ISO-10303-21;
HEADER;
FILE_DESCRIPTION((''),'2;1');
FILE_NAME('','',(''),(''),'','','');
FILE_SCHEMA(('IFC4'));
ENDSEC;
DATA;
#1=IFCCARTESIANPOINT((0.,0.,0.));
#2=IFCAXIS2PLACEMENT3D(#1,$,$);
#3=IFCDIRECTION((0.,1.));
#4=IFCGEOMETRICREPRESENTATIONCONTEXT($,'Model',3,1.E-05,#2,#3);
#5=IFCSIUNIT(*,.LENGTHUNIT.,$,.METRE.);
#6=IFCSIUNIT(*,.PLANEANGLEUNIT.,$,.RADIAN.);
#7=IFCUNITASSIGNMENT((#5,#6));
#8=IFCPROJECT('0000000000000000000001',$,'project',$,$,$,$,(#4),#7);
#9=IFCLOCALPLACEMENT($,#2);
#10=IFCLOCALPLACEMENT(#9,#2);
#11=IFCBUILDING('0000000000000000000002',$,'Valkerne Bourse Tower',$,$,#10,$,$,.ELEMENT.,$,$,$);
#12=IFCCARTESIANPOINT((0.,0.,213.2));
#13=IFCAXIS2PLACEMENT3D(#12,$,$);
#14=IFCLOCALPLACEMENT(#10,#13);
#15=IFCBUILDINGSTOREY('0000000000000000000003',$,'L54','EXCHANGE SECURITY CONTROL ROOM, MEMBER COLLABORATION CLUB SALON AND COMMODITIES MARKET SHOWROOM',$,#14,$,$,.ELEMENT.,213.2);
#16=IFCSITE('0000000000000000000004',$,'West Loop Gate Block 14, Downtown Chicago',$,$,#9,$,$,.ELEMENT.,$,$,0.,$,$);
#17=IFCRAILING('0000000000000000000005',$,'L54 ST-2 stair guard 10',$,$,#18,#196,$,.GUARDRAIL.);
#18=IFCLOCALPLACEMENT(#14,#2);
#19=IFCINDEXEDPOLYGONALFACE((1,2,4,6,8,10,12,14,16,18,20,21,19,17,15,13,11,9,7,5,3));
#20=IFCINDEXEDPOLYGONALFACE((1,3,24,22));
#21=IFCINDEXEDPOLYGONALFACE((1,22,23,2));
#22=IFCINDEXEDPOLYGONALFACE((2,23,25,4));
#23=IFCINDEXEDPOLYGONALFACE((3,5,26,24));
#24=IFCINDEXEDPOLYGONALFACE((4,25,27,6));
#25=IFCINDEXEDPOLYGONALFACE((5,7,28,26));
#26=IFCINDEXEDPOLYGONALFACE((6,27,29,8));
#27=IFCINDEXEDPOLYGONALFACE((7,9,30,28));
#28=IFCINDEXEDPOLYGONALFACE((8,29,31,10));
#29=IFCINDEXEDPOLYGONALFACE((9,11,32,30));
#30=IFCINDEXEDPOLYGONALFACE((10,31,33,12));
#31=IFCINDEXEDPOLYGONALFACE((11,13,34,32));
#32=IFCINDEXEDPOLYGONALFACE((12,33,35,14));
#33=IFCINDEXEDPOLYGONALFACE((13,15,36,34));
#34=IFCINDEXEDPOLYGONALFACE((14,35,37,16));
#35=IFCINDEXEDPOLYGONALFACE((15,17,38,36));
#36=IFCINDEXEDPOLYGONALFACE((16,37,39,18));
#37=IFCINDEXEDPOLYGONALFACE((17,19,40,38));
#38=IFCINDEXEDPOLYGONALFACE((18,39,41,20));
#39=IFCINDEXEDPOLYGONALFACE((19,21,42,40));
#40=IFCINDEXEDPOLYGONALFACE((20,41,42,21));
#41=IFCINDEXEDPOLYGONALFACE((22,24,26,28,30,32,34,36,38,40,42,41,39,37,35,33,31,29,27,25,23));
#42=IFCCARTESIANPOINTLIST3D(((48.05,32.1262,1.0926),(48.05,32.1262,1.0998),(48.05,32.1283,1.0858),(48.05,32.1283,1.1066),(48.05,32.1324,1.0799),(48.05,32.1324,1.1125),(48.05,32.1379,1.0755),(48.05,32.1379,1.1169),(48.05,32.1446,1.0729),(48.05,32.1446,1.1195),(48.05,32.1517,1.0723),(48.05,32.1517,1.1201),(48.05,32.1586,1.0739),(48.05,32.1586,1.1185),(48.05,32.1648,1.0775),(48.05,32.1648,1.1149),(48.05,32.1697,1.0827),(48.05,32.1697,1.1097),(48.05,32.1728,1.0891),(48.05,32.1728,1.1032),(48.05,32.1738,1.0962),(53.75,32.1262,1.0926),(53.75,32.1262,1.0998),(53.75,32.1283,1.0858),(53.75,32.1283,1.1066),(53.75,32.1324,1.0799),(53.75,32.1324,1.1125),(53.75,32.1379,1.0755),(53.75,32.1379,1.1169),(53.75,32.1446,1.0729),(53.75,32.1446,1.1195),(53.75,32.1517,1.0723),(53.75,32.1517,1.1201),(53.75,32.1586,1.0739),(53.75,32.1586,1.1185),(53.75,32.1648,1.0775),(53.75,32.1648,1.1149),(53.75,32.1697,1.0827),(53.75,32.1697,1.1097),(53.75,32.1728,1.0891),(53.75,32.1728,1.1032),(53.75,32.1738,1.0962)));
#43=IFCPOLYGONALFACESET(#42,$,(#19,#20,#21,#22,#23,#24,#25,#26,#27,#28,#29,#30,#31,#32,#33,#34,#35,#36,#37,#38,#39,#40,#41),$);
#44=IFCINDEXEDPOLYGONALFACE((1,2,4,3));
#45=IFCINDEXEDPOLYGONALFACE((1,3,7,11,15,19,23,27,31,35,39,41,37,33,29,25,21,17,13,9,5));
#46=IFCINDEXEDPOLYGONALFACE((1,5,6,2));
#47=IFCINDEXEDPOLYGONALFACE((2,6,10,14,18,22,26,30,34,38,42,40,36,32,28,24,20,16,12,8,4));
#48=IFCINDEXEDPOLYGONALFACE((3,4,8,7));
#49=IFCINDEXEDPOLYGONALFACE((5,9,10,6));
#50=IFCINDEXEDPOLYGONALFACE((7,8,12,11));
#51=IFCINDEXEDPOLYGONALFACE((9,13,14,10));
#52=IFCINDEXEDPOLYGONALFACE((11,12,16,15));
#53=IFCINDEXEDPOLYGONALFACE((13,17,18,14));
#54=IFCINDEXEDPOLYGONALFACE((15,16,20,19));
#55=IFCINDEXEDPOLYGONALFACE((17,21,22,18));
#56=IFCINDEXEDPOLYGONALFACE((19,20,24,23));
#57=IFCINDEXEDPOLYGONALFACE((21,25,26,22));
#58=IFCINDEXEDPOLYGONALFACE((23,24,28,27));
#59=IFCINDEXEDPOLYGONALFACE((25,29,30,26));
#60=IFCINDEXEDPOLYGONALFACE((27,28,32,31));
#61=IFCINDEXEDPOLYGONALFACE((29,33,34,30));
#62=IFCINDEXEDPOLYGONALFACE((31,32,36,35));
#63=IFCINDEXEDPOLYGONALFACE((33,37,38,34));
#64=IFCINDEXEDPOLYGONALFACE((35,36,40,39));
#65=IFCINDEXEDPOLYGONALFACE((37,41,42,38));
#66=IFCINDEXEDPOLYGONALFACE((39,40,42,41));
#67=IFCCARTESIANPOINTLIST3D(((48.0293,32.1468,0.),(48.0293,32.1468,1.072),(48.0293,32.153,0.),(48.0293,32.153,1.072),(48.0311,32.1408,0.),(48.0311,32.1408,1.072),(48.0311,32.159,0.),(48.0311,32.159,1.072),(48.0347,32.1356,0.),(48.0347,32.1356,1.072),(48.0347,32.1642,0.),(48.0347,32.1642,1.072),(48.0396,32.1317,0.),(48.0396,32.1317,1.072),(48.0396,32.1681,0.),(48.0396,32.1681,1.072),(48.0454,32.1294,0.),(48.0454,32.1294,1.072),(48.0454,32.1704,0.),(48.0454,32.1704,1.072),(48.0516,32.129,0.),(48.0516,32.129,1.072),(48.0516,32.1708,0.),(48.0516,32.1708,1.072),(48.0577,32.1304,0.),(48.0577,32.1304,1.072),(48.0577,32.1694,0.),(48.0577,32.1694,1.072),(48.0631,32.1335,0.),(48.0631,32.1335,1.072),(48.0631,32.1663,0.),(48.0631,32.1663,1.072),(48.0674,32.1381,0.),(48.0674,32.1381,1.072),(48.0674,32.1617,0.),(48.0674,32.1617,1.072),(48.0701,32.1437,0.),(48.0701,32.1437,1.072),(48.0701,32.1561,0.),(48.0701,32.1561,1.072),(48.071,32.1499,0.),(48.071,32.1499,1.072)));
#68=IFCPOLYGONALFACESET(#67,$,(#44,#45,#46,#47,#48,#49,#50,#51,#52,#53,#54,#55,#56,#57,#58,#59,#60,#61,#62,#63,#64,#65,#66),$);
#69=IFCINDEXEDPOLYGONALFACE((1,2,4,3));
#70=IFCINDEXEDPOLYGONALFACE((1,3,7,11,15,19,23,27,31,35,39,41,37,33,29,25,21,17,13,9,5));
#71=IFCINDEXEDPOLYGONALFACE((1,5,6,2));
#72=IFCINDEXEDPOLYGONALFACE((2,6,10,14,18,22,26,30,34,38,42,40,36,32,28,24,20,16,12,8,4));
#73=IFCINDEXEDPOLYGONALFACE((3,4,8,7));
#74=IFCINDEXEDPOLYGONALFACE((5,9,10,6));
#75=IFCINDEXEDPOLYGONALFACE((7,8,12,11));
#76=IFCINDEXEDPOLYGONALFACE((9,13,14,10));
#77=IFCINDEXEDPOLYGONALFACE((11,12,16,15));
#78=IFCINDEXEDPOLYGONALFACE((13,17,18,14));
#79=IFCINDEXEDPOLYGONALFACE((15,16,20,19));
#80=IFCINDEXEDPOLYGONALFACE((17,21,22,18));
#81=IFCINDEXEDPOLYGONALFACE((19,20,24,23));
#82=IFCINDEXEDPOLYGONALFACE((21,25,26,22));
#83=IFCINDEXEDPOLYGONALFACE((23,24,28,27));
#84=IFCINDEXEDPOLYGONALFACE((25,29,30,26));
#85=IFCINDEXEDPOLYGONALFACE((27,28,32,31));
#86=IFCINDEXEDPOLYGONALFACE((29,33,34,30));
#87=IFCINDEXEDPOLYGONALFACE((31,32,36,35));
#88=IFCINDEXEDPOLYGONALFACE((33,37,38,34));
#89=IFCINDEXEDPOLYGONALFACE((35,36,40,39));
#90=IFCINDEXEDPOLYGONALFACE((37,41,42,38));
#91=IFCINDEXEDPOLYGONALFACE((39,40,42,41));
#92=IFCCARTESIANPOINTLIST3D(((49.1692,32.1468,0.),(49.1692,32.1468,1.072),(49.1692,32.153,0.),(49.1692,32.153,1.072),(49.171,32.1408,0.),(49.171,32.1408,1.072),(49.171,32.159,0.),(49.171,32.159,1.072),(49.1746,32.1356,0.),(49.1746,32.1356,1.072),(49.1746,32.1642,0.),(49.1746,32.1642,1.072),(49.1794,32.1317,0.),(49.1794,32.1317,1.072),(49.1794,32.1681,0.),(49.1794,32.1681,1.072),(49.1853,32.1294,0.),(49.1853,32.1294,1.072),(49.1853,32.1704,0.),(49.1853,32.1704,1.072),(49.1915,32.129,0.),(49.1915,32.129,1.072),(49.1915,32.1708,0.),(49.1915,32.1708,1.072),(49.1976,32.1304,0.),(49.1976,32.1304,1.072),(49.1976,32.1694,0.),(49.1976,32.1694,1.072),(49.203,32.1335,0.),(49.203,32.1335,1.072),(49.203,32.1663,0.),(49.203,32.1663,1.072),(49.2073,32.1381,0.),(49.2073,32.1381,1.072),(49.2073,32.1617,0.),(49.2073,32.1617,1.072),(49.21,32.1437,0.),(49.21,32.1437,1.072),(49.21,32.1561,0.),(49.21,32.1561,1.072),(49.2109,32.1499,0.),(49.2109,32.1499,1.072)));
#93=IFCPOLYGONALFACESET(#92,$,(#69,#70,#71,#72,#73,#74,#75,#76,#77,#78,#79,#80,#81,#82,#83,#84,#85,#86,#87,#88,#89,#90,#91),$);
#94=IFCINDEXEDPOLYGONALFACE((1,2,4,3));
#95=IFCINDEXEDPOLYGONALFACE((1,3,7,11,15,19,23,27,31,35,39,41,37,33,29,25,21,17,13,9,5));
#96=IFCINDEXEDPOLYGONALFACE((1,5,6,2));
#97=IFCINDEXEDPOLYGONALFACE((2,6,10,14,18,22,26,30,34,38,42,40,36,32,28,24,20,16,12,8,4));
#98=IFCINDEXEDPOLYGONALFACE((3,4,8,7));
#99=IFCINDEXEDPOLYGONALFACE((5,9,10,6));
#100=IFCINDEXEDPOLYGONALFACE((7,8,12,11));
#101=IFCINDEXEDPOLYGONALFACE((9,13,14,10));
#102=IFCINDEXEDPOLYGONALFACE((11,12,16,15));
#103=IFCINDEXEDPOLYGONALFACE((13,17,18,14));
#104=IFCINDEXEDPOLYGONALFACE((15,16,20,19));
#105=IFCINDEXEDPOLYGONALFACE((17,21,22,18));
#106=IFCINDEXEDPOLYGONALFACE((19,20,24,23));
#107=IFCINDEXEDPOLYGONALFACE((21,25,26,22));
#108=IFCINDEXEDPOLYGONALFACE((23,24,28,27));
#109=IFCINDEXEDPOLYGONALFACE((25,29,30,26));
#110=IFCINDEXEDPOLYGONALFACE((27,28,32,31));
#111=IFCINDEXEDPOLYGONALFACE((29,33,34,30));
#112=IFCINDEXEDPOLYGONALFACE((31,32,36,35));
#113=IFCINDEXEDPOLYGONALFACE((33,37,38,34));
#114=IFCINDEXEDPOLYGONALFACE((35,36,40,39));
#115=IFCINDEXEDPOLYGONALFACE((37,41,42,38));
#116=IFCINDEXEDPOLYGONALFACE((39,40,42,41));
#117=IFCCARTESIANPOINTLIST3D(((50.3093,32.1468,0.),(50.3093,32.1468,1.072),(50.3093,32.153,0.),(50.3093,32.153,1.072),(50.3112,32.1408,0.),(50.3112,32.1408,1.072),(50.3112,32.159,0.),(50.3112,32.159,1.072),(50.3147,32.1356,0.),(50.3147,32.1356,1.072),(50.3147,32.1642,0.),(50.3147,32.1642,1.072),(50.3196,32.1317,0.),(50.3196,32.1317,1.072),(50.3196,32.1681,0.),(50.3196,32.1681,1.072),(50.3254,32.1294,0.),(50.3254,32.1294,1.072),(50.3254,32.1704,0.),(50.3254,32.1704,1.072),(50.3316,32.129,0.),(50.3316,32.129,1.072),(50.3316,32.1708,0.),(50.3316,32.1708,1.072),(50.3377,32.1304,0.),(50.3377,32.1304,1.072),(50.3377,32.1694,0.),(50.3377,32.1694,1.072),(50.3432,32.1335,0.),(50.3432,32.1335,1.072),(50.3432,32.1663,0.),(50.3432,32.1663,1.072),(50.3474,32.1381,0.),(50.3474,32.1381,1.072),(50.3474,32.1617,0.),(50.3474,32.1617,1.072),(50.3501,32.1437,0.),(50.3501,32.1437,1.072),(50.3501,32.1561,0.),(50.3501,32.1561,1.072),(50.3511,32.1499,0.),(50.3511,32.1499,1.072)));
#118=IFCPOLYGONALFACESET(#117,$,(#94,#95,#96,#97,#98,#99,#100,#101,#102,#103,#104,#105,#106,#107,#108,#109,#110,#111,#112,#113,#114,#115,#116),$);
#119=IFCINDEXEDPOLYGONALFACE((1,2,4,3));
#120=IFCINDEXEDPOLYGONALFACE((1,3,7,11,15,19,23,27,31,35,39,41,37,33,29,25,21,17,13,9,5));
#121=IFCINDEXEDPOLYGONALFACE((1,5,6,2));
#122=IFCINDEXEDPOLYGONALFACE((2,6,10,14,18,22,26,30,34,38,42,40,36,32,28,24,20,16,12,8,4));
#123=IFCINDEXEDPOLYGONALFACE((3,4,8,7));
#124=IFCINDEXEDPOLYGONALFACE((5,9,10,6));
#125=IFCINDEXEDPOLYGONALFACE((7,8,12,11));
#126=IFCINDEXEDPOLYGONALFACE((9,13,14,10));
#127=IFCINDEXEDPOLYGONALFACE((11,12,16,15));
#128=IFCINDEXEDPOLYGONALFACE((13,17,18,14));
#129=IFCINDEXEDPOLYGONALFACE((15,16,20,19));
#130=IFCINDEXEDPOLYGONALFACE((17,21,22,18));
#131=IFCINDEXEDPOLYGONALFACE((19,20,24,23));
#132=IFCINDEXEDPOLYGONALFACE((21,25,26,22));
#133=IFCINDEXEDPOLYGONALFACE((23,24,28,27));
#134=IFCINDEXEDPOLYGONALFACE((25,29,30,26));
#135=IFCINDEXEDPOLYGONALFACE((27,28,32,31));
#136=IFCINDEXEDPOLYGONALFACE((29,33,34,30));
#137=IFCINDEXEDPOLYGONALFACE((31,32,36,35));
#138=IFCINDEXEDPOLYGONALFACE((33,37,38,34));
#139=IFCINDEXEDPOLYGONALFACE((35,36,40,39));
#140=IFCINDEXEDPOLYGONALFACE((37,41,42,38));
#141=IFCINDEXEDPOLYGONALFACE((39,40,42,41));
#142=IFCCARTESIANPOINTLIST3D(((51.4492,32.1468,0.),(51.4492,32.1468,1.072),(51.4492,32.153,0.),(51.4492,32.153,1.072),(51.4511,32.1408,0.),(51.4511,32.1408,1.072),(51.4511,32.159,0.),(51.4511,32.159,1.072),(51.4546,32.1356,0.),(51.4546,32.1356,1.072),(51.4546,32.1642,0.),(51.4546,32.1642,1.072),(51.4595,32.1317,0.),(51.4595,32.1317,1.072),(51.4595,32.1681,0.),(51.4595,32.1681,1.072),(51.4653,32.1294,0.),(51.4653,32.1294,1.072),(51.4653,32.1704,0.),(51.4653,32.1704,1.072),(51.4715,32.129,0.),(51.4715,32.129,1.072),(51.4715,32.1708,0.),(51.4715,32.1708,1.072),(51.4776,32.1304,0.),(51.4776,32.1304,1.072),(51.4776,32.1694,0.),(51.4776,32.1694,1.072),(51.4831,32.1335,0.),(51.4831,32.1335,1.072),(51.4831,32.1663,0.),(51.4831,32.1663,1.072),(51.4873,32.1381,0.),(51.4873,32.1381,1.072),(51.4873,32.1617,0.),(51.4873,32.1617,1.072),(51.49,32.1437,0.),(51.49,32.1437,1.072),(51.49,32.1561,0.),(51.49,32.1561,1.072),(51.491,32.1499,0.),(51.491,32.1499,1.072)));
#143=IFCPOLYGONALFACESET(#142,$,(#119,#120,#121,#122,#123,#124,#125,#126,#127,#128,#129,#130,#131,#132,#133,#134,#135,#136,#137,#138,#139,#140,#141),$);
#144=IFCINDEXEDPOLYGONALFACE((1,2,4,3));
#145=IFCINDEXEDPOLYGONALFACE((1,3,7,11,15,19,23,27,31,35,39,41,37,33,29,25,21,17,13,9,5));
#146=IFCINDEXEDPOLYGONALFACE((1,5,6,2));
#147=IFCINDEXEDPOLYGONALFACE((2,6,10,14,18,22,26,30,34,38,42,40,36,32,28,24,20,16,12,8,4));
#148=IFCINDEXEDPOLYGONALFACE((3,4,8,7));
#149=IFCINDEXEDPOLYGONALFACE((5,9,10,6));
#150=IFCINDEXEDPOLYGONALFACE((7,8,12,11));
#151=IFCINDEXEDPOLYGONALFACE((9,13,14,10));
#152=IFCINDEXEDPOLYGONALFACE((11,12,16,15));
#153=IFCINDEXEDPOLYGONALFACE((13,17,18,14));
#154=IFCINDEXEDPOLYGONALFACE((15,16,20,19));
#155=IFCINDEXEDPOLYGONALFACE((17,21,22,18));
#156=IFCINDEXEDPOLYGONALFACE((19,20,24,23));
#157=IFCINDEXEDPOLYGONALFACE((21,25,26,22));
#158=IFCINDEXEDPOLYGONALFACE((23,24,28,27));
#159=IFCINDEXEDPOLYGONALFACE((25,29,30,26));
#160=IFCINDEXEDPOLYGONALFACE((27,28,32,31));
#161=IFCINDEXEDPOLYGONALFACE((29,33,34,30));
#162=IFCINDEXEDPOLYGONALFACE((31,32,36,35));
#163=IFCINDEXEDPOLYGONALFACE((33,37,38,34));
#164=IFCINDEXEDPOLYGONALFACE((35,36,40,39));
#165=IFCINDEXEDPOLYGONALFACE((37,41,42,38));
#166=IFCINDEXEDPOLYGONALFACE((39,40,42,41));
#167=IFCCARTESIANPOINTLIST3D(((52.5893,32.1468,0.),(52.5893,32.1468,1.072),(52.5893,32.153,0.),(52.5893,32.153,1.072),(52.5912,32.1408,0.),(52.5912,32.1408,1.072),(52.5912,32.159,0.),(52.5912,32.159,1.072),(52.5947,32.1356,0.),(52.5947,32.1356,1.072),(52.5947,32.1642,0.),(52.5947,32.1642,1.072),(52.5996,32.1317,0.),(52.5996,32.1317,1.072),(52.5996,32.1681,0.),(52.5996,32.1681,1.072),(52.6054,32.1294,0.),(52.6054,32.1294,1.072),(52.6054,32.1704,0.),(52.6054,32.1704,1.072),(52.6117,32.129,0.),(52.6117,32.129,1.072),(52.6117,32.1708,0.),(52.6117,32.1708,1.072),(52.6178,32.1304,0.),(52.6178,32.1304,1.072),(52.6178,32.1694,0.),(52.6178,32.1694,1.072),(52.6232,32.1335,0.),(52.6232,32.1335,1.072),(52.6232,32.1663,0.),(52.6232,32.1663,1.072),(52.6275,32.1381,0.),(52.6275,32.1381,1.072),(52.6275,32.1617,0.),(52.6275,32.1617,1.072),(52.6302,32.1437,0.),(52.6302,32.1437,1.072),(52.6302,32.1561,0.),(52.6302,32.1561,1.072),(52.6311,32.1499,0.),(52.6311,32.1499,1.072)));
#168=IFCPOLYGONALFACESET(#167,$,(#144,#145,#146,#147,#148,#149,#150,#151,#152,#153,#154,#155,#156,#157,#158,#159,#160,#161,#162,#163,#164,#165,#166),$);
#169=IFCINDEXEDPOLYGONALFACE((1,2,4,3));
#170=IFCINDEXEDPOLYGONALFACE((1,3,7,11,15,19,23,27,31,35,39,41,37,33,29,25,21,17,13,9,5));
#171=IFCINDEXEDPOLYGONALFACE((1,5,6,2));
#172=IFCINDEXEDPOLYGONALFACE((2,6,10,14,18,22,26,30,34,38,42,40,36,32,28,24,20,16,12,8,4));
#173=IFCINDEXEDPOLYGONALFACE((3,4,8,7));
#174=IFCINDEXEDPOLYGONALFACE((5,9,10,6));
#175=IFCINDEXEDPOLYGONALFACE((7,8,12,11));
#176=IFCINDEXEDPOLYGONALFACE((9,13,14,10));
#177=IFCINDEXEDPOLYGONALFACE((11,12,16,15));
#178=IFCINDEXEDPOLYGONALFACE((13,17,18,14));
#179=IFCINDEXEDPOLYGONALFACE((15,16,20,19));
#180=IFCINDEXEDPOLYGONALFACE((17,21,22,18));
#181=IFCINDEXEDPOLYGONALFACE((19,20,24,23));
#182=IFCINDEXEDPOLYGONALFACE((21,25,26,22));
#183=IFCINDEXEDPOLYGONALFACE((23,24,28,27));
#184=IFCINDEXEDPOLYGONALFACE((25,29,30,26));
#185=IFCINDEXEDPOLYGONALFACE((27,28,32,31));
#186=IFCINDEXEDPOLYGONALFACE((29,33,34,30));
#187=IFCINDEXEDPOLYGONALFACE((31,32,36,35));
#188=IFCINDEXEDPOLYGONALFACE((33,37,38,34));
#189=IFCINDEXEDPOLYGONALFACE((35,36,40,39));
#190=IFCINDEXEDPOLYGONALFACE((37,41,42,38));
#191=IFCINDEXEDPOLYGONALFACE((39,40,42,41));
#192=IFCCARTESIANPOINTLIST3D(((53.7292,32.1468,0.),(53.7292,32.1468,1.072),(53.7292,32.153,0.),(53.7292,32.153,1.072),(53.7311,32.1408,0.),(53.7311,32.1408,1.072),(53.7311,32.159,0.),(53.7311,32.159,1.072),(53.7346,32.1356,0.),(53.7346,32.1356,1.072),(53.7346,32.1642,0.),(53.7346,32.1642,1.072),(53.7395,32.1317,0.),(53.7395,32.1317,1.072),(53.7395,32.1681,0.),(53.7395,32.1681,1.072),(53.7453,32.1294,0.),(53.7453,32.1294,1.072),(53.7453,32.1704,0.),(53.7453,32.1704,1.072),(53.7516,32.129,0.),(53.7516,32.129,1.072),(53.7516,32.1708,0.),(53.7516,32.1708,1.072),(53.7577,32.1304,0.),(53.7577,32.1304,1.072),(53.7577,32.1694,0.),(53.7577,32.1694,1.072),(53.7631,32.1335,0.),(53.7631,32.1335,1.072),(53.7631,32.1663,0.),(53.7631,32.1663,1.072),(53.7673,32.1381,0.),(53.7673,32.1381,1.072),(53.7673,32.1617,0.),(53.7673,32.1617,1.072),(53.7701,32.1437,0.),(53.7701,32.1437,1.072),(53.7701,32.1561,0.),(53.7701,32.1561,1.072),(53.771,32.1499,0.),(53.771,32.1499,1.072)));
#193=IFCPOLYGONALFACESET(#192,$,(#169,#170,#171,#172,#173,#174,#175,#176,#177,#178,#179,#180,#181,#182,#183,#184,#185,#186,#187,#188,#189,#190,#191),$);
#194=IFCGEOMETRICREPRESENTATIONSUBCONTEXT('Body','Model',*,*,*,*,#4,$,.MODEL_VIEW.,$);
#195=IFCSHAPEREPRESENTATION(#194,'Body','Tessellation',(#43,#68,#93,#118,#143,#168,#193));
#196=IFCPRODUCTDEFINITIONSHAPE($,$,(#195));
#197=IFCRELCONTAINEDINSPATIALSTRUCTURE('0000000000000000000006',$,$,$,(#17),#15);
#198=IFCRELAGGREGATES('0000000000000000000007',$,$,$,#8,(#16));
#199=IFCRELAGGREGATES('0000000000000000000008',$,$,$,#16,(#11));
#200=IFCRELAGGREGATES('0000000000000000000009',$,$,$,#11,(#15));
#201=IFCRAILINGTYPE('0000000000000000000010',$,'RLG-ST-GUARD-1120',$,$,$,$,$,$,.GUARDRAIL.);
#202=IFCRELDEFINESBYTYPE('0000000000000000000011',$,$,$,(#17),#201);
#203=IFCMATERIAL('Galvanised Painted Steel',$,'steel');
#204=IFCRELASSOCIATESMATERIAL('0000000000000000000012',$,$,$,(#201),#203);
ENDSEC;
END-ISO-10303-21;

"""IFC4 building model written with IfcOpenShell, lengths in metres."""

from ifc_helpers import new_model, si_unit, direction, frame, origin, origin_2d, place, context, subcontext, project, spatial, circle, extrude, material, type_object, element, save


model = new_model("IFC4")

# Units and contexts
model_context = context("Model", 3, precision=1e-05, world=origin(), true_north=direction((0.0, 1.0)))
body_context = subcontext(model_context, "Body", "Model", "MODEL_VIEW")
ifc_project = project(units=[si_unit("LENGTHUNIT", "METRE"), si_unit("PLANEANGLEUNIT", "RADIAN")], contexts=[model_context])

# Site, building, storey
site_placement = place(None, origin())
site = spatial("IfcSite", under=ifc_project, at=site_placement, Name="West Loop Gate Block 14, Downtown Chicago", CompositionType="ELEMENT", RefElevation=0.0)
building_placement = place(site_placement, origin())
building = spatial("IfcBuilding", under=site, at=building_placement, Name="Valkerne Bourse Tower", CompositionType="ELEMENT")
storey_placement = place(building_placement, frame((0.0, 0.0, 213.2)))
storey = spatial("IfcBuildingStorey", under=building, at=storey_placement, Name="L54", Description="EXCHANGE SECURITY CONTROL ROOM, MEMBER COLLABORATION CLUB SALON AND COMMODITIES MARKET SHOWROOM", CompositionType="ELEMENT", Elevation=213.2)

# Shared definitions
ifc_material_1 = material(Name="Galvanised Painted Steel", Category="steel")

# Railing
railing_type_1 = type_object("IfcRailingType", Name="RLG-ST-GUARD-1120", PredefinedType="GUARDRAIL", material=ifc_material_1)
for number, where, name in (
    (1, (48.05, 32.1499, 0.0), "L54 ST-2 stair guard 10"),
):
    element("IfcRailing", number, at=place(storey_placement, frame(where)), inside=storey, type_object=railing_type_1, Name=name, PredefinedType="GUARDRAIL", context=body_context, shape_type="SweptSolid", body=[
        extrude(circle(Radius=0.0239, at=origin_2d()), frame((0.0, 0.0, 1.0962), z_axis=(1.0, 0.0, 0.0), x_axis=(0.0, 1.0, 0.0)), (0.0, 0.0, 1.0), 5.7),
        extrude(circle(Radius=0.021, at=origin_2d()), origin(), (0.0, 0.0, 1.0), 1.072),
        extrude(circle(Radius=0.021, at=origin_2d()), frame((1.1399, 0.0, 0.0)), (0.0, 0.0, 1.0), 1.072),
        extrude(circle(Radius=0.021, at=origin_2d()), frame((2.28, 0.0, 0.0)), (0.0, 0.0, 1.0), 1.072),
        extrude(circle(Radius=0.021, at=origin_2d()), frame((3.4199, 0.0, 0.0)), (0.0, 0.0, 1.0), 1.072),
        extrude(circle(Radius=0.021, at=origin_2d()), frame((4.5601, 0.0, 0.0)), (0.0, 0.0, 1.0), 1.072),
        extrude(circle(Radius=0.021, at=origin_2d()), frame((5.7, 0.0, 0.0)), (0.0, 0.0, 1.0), 1.072),
    ])

save(model, "model.ifc")
